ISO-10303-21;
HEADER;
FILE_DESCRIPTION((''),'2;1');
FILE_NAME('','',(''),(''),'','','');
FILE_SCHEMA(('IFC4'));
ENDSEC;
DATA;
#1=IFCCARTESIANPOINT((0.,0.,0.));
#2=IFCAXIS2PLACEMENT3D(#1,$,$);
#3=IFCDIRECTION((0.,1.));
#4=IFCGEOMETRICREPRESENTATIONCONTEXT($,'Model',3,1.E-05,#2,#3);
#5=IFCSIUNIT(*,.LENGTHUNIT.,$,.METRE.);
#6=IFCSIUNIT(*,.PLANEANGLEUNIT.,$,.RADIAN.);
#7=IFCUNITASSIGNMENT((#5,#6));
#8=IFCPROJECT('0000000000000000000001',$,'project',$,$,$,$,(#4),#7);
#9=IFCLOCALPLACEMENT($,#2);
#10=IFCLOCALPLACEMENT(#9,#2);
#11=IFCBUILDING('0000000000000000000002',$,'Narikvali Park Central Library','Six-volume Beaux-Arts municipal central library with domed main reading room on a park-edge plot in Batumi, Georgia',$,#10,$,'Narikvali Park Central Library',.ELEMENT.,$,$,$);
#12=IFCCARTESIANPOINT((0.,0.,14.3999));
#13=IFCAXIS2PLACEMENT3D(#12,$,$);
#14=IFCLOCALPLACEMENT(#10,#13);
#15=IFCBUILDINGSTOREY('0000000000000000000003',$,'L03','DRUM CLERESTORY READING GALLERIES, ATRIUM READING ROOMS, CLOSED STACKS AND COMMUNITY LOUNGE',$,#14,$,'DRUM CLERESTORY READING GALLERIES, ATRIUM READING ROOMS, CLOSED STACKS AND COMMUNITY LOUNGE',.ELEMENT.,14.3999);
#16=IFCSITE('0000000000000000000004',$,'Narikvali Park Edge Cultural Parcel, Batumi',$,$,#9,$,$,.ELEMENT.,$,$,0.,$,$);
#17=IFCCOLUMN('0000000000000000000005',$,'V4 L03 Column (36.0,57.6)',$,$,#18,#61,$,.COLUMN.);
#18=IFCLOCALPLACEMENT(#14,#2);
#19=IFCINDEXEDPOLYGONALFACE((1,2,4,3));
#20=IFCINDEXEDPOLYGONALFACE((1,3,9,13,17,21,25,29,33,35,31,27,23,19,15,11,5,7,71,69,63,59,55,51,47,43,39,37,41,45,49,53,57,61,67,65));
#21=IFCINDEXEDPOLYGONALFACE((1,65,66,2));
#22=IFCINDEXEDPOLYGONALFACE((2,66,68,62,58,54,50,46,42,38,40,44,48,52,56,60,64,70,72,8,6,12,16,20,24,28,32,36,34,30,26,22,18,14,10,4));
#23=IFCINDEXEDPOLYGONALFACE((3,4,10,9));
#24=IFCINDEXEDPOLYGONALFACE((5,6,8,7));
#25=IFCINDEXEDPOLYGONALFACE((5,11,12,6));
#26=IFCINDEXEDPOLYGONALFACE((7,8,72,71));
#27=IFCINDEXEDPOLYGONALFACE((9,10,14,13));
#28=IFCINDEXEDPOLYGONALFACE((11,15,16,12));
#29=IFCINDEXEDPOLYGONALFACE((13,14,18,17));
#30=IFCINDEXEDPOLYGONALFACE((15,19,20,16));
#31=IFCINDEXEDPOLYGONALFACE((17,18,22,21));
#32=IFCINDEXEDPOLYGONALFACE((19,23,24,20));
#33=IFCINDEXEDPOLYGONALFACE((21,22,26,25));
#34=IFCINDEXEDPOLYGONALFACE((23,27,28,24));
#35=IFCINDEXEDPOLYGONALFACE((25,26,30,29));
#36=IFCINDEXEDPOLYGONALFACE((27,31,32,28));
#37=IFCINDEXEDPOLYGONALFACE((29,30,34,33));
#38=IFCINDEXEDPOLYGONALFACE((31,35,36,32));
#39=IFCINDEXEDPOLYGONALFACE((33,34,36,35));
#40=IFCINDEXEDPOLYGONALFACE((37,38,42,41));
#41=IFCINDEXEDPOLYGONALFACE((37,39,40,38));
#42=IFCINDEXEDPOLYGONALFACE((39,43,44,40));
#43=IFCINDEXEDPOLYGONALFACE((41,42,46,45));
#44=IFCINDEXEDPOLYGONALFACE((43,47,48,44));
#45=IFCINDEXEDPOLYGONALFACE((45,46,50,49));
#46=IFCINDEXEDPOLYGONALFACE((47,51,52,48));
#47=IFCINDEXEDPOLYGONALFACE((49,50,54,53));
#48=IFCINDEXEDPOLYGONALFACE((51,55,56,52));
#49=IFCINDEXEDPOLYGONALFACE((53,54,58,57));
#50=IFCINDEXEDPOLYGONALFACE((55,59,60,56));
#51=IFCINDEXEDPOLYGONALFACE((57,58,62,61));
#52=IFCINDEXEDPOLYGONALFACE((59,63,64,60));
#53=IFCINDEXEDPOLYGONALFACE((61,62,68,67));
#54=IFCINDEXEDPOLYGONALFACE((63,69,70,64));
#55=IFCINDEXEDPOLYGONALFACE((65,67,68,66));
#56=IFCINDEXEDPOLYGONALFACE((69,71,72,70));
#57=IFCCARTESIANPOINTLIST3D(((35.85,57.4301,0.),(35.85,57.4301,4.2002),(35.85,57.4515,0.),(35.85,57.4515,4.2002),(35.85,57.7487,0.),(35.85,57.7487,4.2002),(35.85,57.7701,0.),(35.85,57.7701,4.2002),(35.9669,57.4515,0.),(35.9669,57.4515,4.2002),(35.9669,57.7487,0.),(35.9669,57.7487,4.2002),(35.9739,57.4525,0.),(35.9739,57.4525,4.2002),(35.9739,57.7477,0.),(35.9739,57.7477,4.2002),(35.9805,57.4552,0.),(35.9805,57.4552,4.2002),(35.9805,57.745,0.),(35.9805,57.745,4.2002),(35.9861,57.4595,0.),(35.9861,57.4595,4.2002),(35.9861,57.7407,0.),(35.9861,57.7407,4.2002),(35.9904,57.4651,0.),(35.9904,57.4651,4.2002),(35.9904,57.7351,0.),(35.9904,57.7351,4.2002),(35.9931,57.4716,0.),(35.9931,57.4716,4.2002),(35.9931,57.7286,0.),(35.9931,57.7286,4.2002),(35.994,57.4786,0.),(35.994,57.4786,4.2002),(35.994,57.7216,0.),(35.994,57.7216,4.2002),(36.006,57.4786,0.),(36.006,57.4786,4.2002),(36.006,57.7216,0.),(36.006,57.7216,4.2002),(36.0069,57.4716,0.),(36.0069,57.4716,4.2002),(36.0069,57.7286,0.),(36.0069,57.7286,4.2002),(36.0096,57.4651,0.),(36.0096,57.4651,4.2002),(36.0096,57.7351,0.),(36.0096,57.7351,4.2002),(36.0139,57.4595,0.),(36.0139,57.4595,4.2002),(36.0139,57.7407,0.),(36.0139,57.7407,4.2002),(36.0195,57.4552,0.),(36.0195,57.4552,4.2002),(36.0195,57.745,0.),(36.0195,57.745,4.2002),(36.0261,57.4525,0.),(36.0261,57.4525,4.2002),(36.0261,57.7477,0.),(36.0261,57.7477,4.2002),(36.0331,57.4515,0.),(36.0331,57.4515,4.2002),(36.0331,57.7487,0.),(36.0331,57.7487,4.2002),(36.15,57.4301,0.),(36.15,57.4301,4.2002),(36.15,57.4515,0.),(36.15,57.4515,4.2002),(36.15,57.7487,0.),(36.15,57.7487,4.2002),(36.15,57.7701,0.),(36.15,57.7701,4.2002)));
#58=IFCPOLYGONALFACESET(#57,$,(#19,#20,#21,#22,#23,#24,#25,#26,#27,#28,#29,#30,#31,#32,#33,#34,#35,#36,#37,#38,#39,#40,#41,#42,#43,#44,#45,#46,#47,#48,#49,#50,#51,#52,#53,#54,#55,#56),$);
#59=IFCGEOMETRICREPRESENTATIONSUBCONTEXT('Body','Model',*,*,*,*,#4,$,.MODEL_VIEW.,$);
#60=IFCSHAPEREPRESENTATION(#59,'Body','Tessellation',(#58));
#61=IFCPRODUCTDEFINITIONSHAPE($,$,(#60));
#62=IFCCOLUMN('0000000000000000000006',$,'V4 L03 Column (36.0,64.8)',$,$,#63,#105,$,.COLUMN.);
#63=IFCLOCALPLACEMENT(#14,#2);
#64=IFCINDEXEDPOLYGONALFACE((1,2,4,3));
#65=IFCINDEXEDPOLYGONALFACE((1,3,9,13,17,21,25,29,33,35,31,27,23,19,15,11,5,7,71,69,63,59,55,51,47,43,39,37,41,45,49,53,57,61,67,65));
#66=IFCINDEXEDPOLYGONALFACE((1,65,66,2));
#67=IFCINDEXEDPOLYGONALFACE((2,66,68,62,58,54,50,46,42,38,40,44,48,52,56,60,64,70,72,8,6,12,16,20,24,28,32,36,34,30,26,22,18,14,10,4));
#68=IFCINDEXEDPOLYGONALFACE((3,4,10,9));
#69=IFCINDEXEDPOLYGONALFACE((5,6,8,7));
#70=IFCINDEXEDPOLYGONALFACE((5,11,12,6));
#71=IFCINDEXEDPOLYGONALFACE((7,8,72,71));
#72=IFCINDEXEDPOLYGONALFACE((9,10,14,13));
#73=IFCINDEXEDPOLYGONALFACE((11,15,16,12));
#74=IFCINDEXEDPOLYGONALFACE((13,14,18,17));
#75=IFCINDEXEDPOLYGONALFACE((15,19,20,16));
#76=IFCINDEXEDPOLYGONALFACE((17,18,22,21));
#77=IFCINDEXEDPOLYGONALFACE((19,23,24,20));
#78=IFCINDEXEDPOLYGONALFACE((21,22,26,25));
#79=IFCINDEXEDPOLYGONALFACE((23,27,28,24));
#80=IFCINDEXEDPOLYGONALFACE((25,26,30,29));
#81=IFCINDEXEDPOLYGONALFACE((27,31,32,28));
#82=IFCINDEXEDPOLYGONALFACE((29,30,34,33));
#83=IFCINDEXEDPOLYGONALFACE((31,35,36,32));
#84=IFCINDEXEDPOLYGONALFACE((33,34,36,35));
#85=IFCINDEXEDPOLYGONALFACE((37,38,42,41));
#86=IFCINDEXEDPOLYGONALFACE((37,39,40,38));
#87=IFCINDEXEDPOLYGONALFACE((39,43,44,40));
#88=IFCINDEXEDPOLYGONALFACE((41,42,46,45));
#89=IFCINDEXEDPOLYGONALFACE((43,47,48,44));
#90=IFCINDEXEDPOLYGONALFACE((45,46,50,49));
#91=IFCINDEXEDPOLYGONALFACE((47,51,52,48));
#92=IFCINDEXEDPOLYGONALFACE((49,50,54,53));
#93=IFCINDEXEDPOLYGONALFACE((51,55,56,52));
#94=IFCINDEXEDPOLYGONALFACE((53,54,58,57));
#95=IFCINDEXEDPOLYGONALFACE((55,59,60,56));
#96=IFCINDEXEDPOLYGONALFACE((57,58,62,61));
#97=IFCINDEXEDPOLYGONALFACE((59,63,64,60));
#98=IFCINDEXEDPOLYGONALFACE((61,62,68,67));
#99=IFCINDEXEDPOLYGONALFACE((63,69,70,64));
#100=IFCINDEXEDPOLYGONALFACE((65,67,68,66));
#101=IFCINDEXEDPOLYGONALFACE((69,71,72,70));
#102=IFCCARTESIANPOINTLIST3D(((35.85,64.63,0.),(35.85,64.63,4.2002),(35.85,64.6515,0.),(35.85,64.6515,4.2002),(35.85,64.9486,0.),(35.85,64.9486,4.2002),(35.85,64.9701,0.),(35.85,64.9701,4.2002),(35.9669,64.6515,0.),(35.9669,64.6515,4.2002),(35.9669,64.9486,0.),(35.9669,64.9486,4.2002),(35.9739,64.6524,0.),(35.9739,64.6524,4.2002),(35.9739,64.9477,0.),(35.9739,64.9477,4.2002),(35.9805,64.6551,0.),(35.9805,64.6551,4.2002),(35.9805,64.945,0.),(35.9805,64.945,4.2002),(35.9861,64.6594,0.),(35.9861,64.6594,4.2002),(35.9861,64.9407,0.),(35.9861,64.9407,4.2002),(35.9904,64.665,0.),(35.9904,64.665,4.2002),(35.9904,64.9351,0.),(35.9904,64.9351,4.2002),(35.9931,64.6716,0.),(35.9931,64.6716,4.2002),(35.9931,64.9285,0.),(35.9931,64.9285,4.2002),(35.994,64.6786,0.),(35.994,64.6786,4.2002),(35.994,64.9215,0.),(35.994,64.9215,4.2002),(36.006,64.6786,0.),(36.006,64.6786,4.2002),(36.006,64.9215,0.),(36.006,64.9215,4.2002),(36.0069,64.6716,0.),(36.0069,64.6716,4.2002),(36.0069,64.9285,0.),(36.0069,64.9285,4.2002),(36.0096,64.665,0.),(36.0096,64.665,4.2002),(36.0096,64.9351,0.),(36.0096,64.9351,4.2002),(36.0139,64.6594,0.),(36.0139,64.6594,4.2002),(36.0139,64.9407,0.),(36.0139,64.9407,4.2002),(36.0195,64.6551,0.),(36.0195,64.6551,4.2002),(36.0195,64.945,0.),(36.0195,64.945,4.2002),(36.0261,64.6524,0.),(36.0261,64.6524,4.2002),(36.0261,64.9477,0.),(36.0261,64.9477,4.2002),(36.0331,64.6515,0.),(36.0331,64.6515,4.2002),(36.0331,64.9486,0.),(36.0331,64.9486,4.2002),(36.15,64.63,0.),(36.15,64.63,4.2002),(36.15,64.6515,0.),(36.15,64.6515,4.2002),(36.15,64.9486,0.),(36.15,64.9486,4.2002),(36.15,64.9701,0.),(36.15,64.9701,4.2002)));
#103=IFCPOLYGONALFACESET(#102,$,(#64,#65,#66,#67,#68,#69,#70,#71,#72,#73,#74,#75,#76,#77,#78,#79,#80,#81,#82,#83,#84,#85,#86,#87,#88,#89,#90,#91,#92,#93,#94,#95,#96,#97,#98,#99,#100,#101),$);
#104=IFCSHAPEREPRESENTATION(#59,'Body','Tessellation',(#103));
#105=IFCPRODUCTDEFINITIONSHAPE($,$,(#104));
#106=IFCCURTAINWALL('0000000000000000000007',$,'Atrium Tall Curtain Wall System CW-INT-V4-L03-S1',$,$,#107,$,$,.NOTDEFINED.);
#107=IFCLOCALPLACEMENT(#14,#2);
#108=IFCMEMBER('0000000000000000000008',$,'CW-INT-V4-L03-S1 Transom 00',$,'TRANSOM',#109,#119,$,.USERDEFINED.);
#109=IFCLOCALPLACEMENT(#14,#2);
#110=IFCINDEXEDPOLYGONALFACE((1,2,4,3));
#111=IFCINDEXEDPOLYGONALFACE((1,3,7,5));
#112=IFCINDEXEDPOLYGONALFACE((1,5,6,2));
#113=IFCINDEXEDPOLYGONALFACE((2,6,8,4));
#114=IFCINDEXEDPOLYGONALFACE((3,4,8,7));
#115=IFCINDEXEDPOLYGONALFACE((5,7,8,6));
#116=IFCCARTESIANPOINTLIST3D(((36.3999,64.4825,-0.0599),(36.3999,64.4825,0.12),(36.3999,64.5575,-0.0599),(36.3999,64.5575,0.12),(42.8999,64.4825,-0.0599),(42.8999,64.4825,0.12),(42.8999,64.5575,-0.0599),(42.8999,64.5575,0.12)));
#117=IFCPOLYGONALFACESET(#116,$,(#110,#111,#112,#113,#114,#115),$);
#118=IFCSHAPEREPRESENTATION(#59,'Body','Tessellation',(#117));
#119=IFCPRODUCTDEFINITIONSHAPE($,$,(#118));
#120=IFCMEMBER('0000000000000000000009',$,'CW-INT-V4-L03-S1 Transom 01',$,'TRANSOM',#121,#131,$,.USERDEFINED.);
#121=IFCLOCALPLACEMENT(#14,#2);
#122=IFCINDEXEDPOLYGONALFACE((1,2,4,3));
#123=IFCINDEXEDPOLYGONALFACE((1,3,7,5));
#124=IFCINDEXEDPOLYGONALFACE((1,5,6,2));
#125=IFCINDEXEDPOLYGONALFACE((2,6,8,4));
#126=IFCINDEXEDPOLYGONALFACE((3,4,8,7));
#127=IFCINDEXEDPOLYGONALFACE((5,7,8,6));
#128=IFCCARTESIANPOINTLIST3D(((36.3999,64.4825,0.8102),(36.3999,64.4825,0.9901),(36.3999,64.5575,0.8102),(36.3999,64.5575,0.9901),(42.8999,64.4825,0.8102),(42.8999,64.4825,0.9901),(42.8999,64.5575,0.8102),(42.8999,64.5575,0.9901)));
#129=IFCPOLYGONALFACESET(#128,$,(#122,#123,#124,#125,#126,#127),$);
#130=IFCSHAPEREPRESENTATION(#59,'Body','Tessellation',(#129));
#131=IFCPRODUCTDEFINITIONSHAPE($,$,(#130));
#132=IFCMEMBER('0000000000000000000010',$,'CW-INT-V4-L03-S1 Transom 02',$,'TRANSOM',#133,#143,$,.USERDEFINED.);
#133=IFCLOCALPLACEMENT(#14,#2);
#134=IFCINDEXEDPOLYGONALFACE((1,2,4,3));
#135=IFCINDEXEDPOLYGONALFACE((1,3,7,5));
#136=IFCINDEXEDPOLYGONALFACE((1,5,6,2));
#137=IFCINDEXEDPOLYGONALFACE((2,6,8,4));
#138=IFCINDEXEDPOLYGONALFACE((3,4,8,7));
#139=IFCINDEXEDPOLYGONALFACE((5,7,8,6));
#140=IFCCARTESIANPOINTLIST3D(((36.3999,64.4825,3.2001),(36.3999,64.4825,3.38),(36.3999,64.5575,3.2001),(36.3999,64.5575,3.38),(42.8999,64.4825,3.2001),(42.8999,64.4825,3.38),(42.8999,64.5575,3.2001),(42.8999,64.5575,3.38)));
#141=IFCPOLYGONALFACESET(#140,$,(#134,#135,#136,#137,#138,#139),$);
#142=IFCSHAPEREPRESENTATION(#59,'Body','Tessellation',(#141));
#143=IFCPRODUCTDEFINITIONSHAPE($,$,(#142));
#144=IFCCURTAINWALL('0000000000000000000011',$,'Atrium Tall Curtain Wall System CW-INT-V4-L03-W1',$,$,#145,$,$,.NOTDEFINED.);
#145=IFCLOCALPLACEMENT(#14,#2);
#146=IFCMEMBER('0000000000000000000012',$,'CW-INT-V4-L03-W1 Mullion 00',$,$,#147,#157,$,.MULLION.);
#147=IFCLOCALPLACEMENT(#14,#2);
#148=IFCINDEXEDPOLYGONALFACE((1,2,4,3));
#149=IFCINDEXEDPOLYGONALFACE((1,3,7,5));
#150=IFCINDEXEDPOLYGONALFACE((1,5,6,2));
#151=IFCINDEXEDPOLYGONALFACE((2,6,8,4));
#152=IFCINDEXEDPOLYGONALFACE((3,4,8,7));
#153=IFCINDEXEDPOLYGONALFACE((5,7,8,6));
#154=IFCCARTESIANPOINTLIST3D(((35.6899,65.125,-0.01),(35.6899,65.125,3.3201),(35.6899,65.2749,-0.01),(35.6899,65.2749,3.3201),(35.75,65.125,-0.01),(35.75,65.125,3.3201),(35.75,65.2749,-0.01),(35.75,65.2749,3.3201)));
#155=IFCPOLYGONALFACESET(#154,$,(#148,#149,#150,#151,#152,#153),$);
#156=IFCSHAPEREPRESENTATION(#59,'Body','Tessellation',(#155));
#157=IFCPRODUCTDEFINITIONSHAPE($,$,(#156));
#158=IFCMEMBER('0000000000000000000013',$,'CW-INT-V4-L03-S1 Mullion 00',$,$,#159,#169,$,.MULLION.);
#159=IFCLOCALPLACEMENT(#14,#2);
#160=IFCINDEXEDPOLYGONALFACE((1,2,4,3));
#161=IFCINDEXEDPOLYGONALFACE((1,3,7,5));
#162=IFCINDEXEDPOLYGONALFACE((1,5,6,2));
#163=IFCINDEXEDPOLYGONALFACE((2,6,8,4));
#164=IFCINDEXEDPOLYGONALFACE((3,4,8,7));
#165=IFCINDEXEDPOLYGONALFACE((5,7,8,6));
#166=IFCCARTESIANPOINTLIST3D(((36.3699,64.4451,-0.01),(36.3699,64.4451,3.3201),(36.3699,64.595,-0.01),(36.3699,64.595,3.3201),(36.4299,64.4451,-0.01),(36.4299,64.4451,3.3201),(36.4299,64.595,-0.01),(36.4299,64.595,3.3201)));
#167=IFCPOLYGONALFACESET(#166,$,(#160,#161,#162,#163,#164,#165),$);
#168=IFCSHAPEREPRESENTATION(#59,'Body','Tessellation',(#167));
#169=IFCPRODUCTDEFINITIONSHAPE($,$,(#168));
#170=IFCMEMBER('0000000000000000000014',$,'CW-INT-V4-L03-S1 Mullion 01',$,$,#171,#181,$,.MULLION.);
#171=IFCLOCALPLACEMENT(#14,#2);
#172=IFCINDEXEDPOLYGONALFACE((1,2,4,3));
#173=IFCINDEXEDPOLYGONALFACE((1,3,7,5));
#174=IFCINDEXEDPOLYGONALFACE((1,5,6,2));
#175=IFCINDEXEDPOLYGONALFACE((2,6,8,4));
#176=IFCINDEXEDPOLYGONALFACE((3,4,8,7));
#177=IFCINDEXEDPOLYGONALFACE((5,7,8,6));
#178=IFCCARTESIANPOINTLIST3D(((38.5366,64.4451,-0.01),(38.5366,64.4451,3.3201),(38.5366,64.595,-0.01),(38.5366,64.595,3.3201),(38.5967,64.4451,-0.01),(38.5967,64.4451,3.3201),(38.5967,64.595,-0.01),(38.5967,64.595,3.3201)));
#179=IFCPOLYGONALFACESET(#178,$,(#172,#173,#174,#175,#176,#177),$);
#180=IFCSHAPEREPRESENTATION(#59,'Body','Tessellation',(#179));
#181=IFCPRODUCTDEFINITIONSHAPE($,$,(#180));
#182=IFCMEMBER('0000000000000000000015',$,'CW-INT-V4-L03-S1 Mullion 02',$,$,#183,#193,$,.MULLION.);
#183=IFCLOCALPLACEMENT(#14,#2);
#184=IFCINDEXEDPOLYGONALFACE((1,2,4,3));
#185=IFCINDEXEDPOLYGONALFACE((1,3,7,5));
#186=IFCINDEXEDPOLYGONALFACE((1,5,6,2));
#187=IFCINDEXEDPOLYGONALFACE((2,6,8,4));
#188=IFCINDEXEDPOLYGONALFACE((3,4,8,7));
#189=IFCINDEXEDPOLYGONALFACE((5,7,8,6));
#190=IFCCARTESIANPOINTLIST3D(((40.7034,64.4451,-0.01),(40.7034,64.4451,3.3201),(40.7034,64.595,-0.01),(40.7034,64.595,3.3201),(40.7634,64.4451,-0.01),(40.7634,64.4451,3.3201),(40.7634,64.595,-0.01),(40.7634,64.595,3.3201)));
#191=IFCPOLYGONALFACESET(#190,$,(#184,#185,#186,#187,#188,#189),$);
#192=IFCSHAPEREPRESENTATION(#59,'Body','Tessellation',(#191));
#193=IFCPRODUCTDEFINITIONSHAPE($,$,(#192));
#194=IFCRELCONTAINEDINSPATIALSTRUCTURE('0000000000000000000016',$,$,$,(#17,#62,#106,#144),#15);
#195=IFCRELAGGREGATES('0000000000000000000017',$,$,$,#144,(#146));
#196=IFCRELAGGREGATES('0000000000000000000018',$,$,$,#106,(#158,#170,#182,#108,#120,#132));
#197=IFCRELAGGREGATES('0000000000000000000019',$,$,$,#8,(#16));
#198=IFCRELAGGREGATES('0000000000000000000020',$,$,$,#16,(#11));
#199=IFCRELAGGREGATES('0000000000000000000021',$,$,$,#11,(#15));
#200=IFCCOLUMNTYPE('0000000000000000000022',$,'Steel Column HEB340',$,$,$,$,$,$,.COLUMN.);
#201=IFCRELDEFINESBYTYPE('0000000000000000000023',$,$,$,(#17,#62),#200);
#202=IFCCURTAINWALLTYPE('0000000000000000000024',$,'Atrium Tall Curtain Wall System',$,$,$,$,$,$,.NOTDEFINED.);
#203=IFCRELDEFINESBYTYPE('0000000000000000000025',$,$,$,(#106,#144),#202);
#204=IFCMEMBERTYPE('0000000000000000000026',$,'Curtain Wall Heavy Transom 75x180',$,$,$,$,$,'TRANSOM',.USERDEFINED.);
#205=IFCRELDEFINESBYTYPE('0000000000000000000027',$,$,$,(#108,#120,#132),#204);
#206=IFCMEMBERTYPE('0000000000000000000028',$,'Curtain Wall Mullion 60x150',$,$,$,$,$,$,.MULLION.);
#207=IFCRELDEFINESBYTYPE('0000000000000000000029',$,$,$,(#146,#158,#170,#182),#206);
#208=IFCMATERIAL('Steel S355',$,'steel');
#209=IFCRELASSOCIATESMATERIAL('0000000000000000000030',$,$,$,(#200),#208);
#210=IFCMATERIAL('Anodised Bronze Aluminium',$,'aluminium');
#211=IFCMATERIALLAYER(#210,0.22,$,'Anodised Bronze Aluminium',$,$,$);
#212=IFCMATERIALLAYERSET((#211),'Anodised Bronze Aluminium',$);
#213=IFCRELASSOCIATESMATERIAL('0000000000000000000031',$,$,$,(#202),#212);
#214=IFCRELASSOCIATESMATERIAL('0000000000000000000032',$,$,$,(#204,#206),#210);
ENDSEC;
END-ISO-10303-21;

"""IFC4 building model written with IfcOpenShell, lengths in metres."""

from ifc_helpers import new_model, si_unit, direction, frame, origin, origin_2d, place, context, subcontext, project, spatial, rectangle, i_section, extrude, material, layer, layer_set, material_profile, profile_set, type_object, element, aggregate, save


model = new_model("IFC4")

# Units and contexts
model_context = context("Model", 3, precision=1e-05, world=origin(), true_north=direction((0.0, 1.0)))
body_context = subcontext(model_context, "Body", "Model", "MODEL_VIEW")
ifc_project = project(units=[si_unit("LENGTHUNIT", "METRE"), si_unit("PLANEANGLEUNIT", "RADIAN")], contexts=[model_context])

# Site, building, storey
site_placement = place(None, origin())
site = spatial("IfcSite", under=ifc_project, at=site_placement, Name="Narikvali Park Edge Cultural Parcel, Batumi", CompositionType="ELEMENT", RefElevation=0.0)
building_placement = place(site_placement, origin())
building = spatial("IfcBuilding", under=site, at=building_placement, Name="Narikvali Park Central Library", Description="Six-volume Beaux-Arts municipal central library with domed main reading room on a park-edge plot in Batumi, Georgia", LongName="Narikvali Park Central Library", CompositionType="ELEMENT")
storey_placement = place(building_placement, frame((0.0, 0.0, 14.3999)))
storey = spatial("IfcBuildingStorey", under=building, at=storey_placement, Name="L03", Description="DRUM CLERESTORY READING GALLERIES, ATRIUM READING ROOMS, CLOSED STACKS AND COMMUNITY LOUNGE", LongName="DRUM CLERESTORY READING GALLERIES, ATRIUM READING ROOMS, CLOSED STACKS AND COMMUNITY LOUNGE", CompositionType="ELEMENT", Elevation=14.3999)

# Columns
ifc_material_1 = material(Name="Steel S355", Category="steel")
ifc_material_profile_1 = material_profile(ifc_material_1, i_section(OverallWidth=0.3, OverallDepth=0.3401, WebThickness=0.012, FlangeThickness=0.0215, FilletRadius=0.0271, at=origin_2d()), Name="HEB 340")
ifc_profile_set_1 = profile_set([ifc_material_profile_1], Name="Steel S355")
column_type = type_object("IfcColumnType", Name="Steel Column HEB340", PredefinedType="COLUMN", material=ifc_profile_set_1)
for number, where, z_axis, x_axis, name in (
    (1, (36.0, 57.6001, 0.0), (0.0, 0.0, 1.0), (1.0, 0.0, 0.0), "V4 L03 Column (36.0,57.6)"),
    (2, (36.0, 64.8, 0.0), (0.0, 0.0, 1.0), (1.0, 0.0, 0.0), "V4 L03 Column (36.0,64.8)"),
):
    element("IfcColumn", number, at=place(storey_placement, frame(where, z_axis=z_axis, x_axis=x_axis)), inside=storey, type_object=column_type, Name=name, PredefinedType="COLUMN", context=body_context, shape_type="SweptSolid", body=[
        extrude(i_section(OverallWidth=0.3, OverallDepth=0.3401, WebThickness=0.012, FlangeThickness=0.0215, FilletRadius=0.0271, at=origin_2d()), origin(), (0.0, 0.0, 1.0), 4.2002),
    ])

# Curtain wall, members
ifc_material_2 = material(Name="Anodised Bronze Aluminium", Category="aluminium")
ifc_layer_1 = layer(ifc_material_2, 0.22, Name="Anodised Bronze Aluminium")
ifc_layer_set_1 = layer_set([ifc_layer_1], Name="Anodised Bronze Aluminium")
curtain_wall_type = type_object("IfcCurtainWallType", Name="Atrium Tall Curtain Wall System", PredefinedType="NOTDEFINED", material=ifc_layer_set_1)
curtain_wall_1_placement = place(storey_placement, origin())
curtain_wall_1 = element("IfcCurtainWall", 3, at=curtain_wall_1_placement, inside=storey, type_object=curtain_wall_type, Name="Atrium Tall Curtain Wall System CW-INT-V4-L03-S1", PredefinedType="NOTDEFINED")
ifc_material_profile_2 = material_profile(ifc_material_2, rectangle(XDim=0.075, YDim=0.1799, at=origin_2d()), Name="CW TRANSOM 75x180")
ifc_profile_set_2 = profile_set([ifc_material_profile_2], Name="Anodised Bronze Aluminium")
member_type_1 = type_object("IfcMemberType", Name="Curtain Wall Heavy Transom 75x180", ElementType="TRANSOM", PredefinedType="USERDEFINED", material=ifc_profile_set_2)
member_1_placement = place(storey_placement, frame((36.3999, 64.52, 0.03), z_axis=(1.0, 0.0, 0.0), x_axis=(0.0, 1.0, 0.0)))
member_1 = element("IfcMember", 4, at=member_1_placement, type_object=member_type_1, Name="CW-INT-V4-L03-S1 Transom 00", ObjectType="TRANSOM", PredefinedType="USERDEFINED", context=body_context, shape_type="SweptSolid", body=[
    extrude(rectangle(XDim=0.075, YDim=0.1799, at=origin_2d()), origin(), (0.0, 0.0, 1.0), 6.5),
])
member_2_placement = place(storey_placement, frame((36.3999, 64.52, 0.9001), z_axis=(1.0, 0.0, 0.0), x_axis=(0.0, 1.0, 0.0)))
member_2 = element("IfcMember", 5, at=member_2_placement, type_object=member_type_1, Name="CW-INT-V4-L03-S1 Transom 01", ObjectType="TRANSOM", PredefinedType="USERDEFINED", context=body_context, shape_type="SweptSolid", body=[
    extrude(rectangle(XDim=0.075, YDim=0.1799, at=origin_2d()), origin(), (0.0, 0.0, 1.0), 6.5),
])
member_3_placement = place(storey_placement, frame((36.3999, 64.52, 3.29), z_axis=(1.0, 0.0, 0.0), x_axis=(0.0, 1.0, 0.0)))
member_3 = element("IfcMember", 6, at=member_3_placement, type_object=member_type_1, Name="CW-INT-V4-L03-S1 Transom 02", ObjectType="TRANSOM", PredefinedType="USERDEFINED", context=body_context, shape_type="SweptSolid", body=[
    extrude(rectangle(XDim=0.075, YDim=0.1799, at=origin_2d()), origin(), (0.0, 0.0, 1.0), 6.5),
])

# Curtain wall, member
curtain_wall_2_placement = place(storey_placement, origin())
curtain_wall_2 = element("IfcCurtainWall", 7, at=curtain_wall_2_placement, inside=storey, type_object=curtain_wall_type, Name="Atrium Tall Curtain Wall System CW-INT-V4-L03-W1", PredefinedType="NOTDEFINED")
ifc_material_profile_3 = material_profile(ifc_material_2, rectangle(XDim=0.0601, YDim=0.1499, at=origin_2d()), Name="CW MULLION 60x150")
ifc_profile_set_3 = profile_set([ifc_material_profile_3], Name="Anodised Bronze Aluminium")
member_type_2 = type_object("IfcMemberType", Name="Curtain Wall Mullion 60x150", PredefinedType="MULLION", material=ifc_profile_set_3)
member_4_placement = place(storey_placement, frame((35.72, 65.2, -0.01), z_axis=(0.0, 0.0, 1.0), x_axis=(1.0, 0.0, 0.0)))
member_4 = element("IfcMember", 8, at=member_4_placement, type_object=member_type_2, Name="CW-INT-V4-L03-W1 Mullion 00", PredefinedType="MULLION", context=body_context, shape_type="SweptSolid", body=[
    extrude(rectangle(XDim=0.0601, YDim=0.1499, at=origin_2d()), origin(), (0.0, 0.0, 1.0), 3.3301),
])
aggregate(curtain_wall_2, [member_4])

# Members
member_5_placement = place(storey_placement, frame((36.3999, 64.52, -0.01), z_axis=(0.0, 0.0, 1.0), x_axis=(1.0, 0.0, 0.0)))
member_5 = element("IfcMember", 9, at=member_5_placement, type_object=member_type_2, Name="CW-INT-V4-L03-S1 Mullion 00", PredefinedType="MULLION", context=body_context, shape_type="SweptSolid", body=[
    extrude(rectangle(XDim=0.0601, YDim=0.1499, at=origin_2d()), origin(), (0.0, 0.0, 1.0), 3.3301),
])
member_6_placement = place(storey_placement, frame((38.5667, 64.52, -0.01), z_axis=(0.0, 0.0, 1.0), x_axis=(1.0, 0.0, 0.0)))
member_6 = element("IfcMember", 10, at=member_6_placement, type_object=member_type_2, Name="CW-INT-V4-L03-S1 Mullion 01", PredefinedType="MULLION", context=body_context, shape_type="SweptSolid", body=[
    extrude(rectangle(XDim=0.0601, YDim=0.1499, at=origin_2d()), origin(), (0.0, 0.0, 1.0), 3.3301),
])
member_7_placement = place(storey_placement, frame((40.7334, 64.52, -0.01), z_axis=(0.0, 0.0, 1.0), x_axis=(1.0, 0.0, 0.0)))
member_7 = element("IfcMember", 11, at=member_7_placement, type_object=member_type_2, Name="CW-INT-V4-L03-S1 Mullion 02", PredefinedType="MULLION", context=body_context, shape_type="SweptSolid", body=[
    extrude(rectangle(XDim=0.0601, YDim=0.1499, at=origin_2d()), origin(), (0.0, 0.0, 1.0), 3.3301),
])

aggregate(curtain_wall_1, [member_5, member_6, member_7, member_1, member_2, member_3])

save(model, "model.ifc")
